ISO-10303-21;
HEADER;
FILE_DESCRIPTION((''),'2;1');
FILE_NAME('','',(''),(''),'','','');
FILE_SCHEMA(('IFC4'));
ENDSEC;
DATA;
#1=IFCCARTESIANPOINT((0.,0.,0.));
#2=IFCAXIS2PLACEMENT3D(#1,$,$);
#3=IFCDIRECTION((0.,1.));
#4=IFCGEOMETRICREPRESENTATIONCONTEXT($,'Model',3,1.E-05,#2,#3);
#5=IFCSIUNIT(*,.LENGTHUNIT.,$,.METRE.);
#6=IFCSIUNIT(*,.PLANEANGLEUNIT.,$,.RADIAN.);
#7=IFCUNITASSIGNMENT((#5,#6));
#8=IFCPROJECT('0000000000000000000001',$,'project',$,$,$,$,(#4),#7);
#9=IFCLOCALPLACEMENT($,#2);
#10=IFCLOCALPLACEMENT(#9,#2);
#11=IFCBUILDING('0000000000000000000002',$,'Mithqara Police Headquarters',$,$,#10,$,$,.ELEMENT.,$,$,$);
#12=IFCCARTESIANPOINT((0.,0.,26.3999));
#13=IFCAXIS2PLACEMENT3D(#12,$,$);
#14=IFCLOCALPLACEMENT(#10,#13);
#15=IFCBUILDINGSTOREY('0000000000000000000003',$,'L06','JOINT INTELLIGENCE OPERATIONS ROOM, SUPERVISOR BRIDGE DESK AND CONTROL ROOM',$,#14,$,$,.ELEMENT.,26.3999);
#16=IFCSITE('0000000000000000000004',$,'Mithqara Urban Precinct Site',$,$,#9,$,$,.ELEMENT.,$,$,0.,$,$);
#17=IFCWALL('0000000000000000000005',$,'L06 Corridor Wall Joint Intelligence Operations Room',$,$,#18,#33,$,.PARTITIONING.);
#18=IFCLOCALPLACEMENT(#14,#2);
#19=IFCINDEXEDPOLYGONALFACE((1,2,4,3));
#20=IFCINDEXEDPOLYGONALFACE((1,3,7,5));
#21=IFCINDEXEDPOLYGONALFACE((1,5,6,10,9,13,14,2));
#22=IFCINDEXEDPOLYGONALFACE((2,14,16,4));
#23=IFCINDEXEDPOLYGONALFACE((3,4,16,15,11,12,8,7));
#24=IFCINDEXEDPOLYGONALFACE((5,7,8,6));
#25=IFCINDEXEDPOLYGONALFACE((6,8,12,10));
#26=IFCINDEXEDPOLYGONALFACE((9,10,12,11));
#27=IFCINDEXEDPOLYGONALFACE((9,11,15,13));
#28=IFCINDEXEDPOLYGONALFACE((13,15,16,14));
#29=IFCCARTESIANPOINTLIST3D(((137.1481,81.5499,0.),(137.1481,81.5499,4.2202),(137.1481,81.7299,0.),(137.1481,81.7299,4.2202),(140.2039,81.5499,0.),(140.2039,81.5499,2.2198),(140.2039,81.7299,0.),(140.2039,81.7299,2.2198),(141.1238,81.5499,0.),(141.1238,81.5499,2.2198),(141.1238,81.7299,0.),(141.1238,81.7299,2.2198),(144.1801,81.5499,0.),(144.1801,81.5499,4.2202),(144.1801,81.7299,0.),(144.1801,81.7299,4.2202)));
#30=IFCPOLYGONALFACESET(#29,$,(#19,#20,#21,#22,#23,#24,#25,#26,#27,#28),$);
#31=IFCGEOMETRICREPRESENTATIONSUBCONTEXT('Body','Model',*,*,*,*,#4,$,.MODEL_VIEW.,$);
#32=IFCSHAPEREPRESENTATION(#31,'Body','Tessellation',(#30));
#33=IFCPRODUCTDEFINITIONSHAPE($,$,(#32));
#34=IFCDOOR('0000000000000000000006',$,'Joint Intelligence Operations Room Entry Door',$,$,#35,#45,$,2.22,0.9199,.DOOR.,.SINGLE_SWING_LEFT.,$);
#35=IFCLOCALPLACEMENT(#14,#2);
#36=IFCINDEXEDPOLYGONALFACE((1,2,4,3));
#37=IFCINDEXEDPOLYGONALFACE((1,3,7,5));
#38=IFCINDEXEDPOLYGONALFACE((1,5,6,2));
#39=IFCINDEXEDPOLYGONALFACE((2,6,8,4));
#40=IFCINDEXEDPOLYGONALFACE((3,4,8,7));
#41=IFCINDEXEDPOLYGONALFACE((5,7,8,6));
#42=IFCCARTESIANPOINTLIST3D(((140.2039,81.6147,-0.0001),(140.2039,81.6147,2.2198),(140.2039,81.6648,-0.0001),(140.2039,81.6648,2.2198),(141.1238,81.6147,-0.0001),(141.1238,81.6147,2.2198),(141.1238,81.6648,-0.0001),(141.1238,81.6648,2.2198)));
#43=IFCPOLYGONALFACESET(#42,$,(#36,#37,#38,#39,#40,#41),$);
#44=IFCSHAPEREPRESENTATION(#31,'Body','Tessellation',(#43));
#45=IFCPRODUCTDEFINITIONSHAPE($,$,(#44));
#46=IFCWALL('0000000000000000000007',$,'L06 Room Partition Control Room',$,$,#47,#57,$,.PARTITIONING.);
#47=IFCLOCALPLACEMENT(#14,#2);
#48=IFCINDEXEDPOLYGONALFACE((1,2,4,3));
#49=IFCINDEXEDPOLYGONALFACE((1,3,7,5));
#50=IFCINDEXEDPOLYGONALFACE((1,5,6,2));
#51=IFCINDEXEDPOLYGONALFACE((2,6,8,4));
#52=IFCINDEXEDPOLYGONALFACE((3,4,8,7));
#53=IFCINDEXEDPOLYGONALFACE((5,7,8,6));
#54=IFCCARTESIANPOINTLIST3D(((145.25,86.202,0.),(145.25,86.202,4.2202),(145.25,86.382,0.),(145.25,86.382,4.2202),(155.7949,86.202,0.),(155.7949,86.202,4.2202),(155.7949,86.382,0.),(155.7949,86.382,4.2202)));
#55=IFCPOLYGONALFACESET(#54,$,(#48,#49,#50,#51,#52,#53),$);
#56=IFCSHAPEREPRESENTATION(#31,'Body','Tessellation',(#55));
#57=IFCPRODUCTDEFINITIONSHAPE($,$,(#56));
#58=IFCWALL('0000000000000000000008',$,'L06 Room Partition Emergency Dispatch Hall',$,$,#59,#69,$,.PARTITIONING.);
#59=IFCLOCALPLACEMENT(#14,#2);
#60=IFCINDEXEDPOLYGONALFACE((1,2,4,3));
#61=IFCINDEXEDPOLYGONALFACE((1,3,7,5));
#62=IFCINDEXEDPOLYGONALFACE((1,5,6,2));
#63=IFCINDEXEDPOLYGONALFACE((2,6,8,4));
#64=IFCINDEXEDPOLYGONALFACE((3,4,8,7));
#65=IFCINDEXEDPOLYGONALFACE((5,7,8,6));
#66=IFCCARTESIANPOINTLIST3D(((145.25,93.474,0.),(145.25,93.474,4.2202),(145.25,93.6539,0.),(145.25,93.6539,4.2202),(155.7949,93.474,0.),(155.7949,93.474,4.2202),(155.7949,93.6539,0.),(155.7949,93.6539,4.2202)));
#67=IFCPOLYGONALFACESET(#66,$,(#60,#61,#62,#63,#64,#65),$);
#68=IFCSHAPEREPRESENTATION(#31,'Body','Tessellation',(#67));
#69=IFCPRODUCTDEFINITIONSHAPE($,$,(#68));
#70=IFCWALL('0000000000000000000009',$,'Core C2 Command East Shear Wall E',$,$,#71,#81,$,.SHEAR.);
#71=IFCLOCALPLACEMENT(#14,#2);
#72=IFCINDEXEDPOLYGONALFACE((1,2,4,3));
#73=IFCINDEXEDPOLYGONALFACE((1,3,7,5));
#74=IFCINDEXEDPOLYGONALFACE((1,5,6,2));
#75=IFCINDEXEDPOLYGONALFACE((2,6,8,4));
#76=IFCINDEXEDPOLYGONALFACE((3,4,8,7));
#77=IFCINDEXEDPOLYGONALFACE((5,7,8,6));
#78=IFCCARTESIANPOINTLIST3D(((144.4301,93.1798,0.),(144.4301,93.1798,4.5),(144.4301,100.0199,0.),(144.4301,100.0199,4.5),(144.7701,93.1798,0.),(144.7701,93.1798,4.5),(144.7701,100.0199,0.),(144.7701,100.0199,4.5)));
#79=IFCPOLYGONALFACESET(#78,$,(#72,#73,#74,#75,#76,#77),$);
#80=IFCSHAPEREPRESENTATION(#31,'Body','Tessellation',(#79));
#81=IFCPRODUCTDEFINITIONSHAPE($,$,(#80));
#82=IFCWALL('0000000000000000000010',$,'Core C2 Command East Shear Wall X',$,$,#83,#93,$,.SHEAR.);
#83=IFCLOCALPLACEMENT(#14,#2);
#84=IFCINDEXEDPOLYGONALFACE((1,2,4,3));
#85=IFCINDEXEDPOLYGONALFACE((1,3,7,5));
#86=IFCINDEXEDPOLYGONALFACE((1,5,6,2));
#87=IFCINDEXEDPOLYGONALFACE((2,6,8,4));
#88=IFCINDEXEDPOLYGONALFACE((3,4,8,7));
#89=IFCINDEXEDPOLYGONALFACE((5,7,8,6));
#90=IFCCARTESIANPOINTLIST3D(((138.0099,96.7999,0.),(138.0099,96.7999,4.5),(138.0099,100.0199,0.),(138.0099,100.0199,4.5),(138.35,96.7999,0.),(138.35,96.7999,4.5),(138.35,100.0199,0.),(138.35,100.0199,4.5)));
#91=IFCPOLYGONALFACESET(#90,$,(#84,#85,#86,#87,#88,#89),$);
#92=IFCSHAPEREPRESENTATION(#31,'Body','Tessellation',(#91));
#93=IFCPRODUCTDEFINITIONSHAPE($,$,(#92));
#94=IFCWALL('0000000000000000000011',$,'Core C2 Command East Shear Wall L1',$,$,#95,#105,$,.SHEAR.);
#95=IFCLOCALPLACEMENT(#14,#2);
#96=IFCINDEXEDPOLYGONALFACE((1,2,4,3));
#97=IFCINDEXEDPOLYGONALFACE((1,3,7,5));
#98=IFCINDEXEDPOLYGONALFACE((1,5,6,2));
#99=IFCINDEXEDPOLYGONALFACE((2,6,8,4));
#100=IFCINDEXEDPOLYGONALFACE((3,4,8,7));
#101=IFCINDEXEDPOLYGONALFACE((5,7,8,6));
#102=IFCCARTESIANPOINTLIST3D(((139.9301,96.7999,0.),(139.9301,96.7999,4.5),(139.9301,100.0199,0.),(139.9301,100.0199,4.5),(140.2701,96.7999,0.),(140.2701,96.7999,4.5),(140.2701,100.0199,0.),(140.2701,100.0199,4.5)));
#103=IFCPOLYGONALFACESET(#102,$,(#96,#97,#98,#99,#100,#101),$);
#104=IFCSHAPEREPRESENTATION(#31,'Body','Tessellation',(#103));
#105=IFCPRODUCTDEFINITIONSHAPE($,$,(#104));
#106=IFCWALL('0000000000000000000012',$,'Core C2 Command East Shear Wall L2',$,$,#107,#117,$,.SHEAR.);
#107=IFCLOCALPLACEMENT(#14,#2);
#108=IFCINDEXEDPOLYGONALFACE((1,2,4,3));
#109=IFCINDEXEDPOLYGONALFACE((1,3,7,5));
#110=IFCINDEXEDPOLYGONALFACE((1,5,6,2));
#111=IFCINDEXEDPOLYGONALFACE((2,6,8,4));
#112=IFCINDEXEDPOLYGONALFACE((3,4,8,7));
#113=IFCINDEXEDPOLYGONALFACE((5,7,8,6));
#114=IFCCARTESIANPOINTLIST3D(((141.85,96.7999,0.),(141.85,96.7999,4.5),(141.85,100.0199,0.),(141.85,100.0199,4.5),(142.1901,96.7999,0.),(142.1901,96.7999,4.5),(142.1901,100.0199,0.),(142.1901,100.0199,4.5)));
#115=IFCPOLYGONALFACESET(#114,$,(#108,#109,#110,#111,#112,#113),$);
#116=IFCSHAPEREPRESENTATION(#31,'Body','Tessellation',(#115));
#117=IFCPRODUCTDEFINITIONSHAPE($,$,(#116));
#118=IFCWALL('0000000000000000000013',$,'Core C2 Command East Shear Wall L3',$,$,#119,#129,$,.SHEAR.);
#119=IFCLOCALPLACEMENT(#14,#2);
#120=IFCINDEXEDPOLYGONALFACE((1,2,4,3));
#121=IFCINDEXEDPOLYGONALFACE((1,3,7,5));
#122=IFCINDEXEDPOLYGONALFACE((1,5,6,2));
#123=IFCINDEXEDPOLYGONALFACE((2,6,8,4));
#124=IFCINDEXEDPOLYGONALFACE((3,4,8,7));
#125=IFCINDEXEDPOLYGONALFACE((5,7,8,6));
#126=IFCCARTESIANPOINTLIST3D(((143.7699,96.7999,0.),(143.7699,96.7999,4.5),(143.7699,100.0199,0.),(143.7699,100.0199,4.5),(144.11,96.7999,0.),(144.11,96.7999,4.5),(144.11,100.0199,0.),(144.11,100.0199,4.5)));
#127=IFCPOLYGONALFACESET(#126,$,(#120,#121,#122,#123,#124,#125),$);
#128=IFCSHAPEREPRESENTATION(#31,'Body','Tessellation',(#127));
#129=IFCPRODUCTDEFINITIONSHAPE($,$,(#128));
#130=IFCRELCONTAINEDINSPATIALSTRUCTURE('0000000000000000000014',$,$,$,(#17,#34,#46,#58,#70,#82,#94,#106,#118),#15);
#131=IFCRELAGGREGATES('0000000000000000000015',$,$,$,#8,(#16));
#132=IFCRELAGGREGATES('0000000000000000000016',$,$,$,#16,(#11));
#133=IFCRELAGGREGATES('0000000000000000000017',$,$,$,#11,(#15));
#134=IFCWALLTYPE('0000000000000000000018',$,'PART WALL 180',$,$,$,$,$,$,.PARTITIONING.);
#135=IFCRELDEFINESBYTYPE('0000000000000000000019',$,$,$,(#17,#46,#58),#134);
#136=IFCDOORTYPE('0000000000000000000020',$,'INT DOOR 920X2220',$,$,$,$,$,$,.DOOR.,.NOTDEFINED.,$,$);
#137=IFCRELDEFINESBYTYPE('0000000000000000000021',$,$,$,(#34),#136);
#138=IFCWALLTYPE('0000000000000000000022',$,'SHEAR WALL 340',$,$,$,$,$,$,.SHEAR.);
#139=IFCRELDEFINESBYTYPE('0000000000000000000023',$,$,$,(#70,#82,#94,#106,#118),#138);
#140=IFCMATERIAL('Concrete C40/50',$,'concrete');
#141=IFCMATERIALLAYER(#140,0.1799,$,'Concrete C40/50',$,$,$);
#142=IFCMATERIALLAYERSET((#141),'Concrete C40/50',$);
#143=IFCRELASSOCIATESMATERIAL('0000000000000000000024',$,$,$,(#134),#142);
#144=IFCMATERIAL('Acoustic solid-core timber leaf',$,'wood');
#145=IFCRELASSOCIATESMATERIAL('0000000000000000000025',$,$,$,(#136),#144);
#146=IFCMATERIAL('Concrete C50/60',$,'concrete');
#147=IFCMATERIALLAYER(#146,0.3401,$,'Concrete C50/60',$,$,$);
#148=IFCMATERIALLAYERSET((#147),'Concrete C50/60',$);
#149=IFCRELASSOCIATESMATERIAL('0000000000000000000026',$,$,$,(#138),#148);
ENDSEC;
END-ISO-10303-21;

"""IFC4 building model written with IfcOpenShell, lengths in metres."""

from ifc_helpers import new_model, si_unit, direction, frame, frame_2d, origin, place, context, subcontext, project, spatial, rectangle, extrude, material, layer, layer_set, type_object, element, fill, save


model = new_model("IFC4")

# Units and contexts
model_context = context("Model", 3, precision=1e-05, world=origin(), true_north=direction((0.0, 1.0)))
body_context = subcontext(model_context, "Body", "Model", "MODEL_VIEW")
ifc_project = project(units=[si_unit("LENGTHUNIT", "METRE"), si_unit("PLANEANGLEUNIT", "RADIAN")], contexts=[model_context])

# Site, building, storey
site_placement = place(None, origin())
site = spatial("IfcSite", under=ifc_project, at=site_placement, Name="Mithqara Urban Precinct Site", CompositionType="ELEMENT", RefElevation=0.0)
building_placement = place(site_placement, origin())
building = spatial("IfcBuilding", under=site, at=building_placement, Name="Mithqara Police Headquarters", CompositionType="ELEMENT")
storey_placement = place(building_placement, frame((0.0, 0.0, 26.3999)))
storey = spatial("IfcBuildingStorey", under=building, at=storey_placement, Name="L06", Description="JOINT INTELLIGENCE OPERATIONS ROOM, SUPERVISOR BRIDGE DESK AND CONTROL ROOM", CompositionType="ELEMENT", Elevation=26.3999)

# Shared definitions
ifc_material_1 = material(Name="Concrete C50/60", Category="concrete")

# Shared definitions
ifc_material_2 = material(Name="Concrete C40/50", Category="concrete")

# Wall, opening, door
ifc_layer_1 = layer(ifc_material_2, 0.1799, Name="Concrete C40/50")
ifc_layer_set_1 = layer_set([ifc_layer_1], Name="Concrete C40/50")
wall_type_1 = type_object("IfcWallType", Name="PART WALL 180", PredefinedType="PARTITIONING", material=ifc_layer_set_1)
wall_1_placement = place(storey_placement, frame((137.1479, 81.6399, 0.0), z_axis=(0.0, 0.0, 1.0), x_axis=(1.0, 0.0, 0.0)))
wall_1 = element("IfcWall", 1, at=wall_1_placement, inside=storey, type_object=wall_type_1, Name="L06 Corridor Wall Joint Intelligence Operations Room", PredefinedType="PARTITIONING", context=body_context, shape_type="SweptSolid", body=[
    extrude(rectangle(XDim=7.032, YDim=0.1799, at=frame_2d((3.5161, 0.0))), origin(), (0.0, 0.0, 1.0), 4.2202),
])
opening_placement = place(wall_1_placement, frame((3.0559, 0.0, 0.0)))
opening = element("IfcOpeningElement", 2, at=opening_placement, cuts=wall_1, PredefinedType="OPENING", context=body_context, shape_type="SweptSolid", body=[
    extrude(rectangle(XDim=0.9199, YDim=2.22, at=frame_2d((0.46, 1.1099))), frame((0.0, 0.1001, 0.0), z_axis=(0.0, -1.0, 0.0), x_axis=(1.0, 0.0, 0.0)), (0.0, 0.0, 1.0), 0.2),
])
ifc_material_3 = material(Name="Acoustic solid-core timber leaf", Category="wood")
door_type = type_object("IfcDoorType", Name="INT DOOR 920X2220", OperationType="NOTDEFINED", PredefinedType="DOOR", material=ifc_material_3)
door_placement = place(opening_placement, origin())
door = element("IfcDoor", 3, at=door_placement, inside=storey, type_object=door_type, Name="Joint Intelligence Operations Room Entry Door", OperationType="SINGLE_SWING_LEFT", OverallHeight=2.22, OverallWidth=0.9199, PredefinedType="DOOR", context=body_context, shape_type="SweptSolid", body=[
    extrude(rectangle(XDim=0.9199, YDim=2.22, at=frame_2d((0.46, 1.1099))), frame((0.0, 0.0249, 0.0), z_axis=(0.0, -1.0, 0.0), x_axis=(1.0, 0.0, 0.0)), (0.0, 0.0, 1.0), 0.05),
])
fill(opening, door)

# Walls
for number, where, z_axis, x_axis, name in (
    (4, (145.25, 86.292, 0.0), (0.0, 0.0, 1.0), (1.0, 0.0, 0.0), "L06 Room Partition Control Room"),
    (5, (145.25, 93.564, 0.0), (0.0, 0.0, 1.0), (1.0, 0.0, 0.0), "L06 Room Partition Emergency Dispatch Hall"),
):
    element("IfcWall", number, at=place(storey_placement, frame(where, z_axis=z_axis, x_axis=x_axis)), inside=storey, type_object=wall_type_1, Name=name, PredefinedType="PARTITIONING", context=body_context, shape_type="SweptSolid", body=[
        extrude(rectangle(XDim=10.5449, YDim=0.1799, at=frame_2d((5.2725, 0.0))), origin(), (0.0, 0.0, 1.0), 4.2202),
    ])
ifc_layer_2 = layer(ifc_material_1, 0.3401, Name="Concrete C50/60")
ifc_layer_set_2 = layer_set([ifc_layer_2], Name="Concrete C50/60")
wall_type_2 = type_object("IfcWallType", Name="SHEAR WALL 340", PredefinedType="SHEAR", material=ifc_layer_set_2)
wall_2_placement = place(storey_placement, frame((144.6001, 93.1799, 0.0), z_axis=(0.0, 0.0, 1.0), x_axis=(0.0, 1.0, 0.0)))
element("IfcWall", 6, at=wall_2_placement, inside=storey, type_object=wall_type_2, Name="Core C2 Command East Shear Wall E", PredefinedType="SHEAR", context=body_context, shape_type="SweptSolid", body=[
    extrude(rectangle(XDim=6.8401, YDim=0.3401, at=frame_2d((3.4199, 0.0))), origin(), (0.0, 0.0, 1.0), 4.5),
])
for number, where, z_axis, x_axis, name in (
    (7, (138.1799, 96.8, 0.0), (0.0, 0.0, 1.0), (0.0, 1.0, 0.0), "Core C2 Command East Shear Wall X"),
    (8, (140.1001, 96.8, 0.0), (0.0, 0.0, 1.0), (0.0, 1.0, 0.0), "Core C2 Command East Shear Wall L1"),
    (9, (142.02, 96.8, 0.0), (0.0, 0.0, 1.0), (0.0, 1.0, 0.0), "Core C2 Command East Shear Wall L2"),
    (10, (143.9399, 96.8, 0.0), (0.0, 0.0, 1.0), (0.0, 1.0, 0.0), "Core C2 Command East Shear Wall L3"),
):
    element("IfcWall", number, at=place(storey_placement, frame(where, z_axis=z_axis, x_axis=x_axis)), inside=storey, type_object=wall_type_2, Name=name, PredefinedType="SHEAR", context=body_context, shape_type="SweptSolid", body=[
        extrude(rectangle(XDim=3.22, YDim=0.3401, at=frame_2d((1.6099, 0.0))), origin(), (0.0, 0.0, 1.0), 4.5),
    ])

save(model, "model.ifc")
